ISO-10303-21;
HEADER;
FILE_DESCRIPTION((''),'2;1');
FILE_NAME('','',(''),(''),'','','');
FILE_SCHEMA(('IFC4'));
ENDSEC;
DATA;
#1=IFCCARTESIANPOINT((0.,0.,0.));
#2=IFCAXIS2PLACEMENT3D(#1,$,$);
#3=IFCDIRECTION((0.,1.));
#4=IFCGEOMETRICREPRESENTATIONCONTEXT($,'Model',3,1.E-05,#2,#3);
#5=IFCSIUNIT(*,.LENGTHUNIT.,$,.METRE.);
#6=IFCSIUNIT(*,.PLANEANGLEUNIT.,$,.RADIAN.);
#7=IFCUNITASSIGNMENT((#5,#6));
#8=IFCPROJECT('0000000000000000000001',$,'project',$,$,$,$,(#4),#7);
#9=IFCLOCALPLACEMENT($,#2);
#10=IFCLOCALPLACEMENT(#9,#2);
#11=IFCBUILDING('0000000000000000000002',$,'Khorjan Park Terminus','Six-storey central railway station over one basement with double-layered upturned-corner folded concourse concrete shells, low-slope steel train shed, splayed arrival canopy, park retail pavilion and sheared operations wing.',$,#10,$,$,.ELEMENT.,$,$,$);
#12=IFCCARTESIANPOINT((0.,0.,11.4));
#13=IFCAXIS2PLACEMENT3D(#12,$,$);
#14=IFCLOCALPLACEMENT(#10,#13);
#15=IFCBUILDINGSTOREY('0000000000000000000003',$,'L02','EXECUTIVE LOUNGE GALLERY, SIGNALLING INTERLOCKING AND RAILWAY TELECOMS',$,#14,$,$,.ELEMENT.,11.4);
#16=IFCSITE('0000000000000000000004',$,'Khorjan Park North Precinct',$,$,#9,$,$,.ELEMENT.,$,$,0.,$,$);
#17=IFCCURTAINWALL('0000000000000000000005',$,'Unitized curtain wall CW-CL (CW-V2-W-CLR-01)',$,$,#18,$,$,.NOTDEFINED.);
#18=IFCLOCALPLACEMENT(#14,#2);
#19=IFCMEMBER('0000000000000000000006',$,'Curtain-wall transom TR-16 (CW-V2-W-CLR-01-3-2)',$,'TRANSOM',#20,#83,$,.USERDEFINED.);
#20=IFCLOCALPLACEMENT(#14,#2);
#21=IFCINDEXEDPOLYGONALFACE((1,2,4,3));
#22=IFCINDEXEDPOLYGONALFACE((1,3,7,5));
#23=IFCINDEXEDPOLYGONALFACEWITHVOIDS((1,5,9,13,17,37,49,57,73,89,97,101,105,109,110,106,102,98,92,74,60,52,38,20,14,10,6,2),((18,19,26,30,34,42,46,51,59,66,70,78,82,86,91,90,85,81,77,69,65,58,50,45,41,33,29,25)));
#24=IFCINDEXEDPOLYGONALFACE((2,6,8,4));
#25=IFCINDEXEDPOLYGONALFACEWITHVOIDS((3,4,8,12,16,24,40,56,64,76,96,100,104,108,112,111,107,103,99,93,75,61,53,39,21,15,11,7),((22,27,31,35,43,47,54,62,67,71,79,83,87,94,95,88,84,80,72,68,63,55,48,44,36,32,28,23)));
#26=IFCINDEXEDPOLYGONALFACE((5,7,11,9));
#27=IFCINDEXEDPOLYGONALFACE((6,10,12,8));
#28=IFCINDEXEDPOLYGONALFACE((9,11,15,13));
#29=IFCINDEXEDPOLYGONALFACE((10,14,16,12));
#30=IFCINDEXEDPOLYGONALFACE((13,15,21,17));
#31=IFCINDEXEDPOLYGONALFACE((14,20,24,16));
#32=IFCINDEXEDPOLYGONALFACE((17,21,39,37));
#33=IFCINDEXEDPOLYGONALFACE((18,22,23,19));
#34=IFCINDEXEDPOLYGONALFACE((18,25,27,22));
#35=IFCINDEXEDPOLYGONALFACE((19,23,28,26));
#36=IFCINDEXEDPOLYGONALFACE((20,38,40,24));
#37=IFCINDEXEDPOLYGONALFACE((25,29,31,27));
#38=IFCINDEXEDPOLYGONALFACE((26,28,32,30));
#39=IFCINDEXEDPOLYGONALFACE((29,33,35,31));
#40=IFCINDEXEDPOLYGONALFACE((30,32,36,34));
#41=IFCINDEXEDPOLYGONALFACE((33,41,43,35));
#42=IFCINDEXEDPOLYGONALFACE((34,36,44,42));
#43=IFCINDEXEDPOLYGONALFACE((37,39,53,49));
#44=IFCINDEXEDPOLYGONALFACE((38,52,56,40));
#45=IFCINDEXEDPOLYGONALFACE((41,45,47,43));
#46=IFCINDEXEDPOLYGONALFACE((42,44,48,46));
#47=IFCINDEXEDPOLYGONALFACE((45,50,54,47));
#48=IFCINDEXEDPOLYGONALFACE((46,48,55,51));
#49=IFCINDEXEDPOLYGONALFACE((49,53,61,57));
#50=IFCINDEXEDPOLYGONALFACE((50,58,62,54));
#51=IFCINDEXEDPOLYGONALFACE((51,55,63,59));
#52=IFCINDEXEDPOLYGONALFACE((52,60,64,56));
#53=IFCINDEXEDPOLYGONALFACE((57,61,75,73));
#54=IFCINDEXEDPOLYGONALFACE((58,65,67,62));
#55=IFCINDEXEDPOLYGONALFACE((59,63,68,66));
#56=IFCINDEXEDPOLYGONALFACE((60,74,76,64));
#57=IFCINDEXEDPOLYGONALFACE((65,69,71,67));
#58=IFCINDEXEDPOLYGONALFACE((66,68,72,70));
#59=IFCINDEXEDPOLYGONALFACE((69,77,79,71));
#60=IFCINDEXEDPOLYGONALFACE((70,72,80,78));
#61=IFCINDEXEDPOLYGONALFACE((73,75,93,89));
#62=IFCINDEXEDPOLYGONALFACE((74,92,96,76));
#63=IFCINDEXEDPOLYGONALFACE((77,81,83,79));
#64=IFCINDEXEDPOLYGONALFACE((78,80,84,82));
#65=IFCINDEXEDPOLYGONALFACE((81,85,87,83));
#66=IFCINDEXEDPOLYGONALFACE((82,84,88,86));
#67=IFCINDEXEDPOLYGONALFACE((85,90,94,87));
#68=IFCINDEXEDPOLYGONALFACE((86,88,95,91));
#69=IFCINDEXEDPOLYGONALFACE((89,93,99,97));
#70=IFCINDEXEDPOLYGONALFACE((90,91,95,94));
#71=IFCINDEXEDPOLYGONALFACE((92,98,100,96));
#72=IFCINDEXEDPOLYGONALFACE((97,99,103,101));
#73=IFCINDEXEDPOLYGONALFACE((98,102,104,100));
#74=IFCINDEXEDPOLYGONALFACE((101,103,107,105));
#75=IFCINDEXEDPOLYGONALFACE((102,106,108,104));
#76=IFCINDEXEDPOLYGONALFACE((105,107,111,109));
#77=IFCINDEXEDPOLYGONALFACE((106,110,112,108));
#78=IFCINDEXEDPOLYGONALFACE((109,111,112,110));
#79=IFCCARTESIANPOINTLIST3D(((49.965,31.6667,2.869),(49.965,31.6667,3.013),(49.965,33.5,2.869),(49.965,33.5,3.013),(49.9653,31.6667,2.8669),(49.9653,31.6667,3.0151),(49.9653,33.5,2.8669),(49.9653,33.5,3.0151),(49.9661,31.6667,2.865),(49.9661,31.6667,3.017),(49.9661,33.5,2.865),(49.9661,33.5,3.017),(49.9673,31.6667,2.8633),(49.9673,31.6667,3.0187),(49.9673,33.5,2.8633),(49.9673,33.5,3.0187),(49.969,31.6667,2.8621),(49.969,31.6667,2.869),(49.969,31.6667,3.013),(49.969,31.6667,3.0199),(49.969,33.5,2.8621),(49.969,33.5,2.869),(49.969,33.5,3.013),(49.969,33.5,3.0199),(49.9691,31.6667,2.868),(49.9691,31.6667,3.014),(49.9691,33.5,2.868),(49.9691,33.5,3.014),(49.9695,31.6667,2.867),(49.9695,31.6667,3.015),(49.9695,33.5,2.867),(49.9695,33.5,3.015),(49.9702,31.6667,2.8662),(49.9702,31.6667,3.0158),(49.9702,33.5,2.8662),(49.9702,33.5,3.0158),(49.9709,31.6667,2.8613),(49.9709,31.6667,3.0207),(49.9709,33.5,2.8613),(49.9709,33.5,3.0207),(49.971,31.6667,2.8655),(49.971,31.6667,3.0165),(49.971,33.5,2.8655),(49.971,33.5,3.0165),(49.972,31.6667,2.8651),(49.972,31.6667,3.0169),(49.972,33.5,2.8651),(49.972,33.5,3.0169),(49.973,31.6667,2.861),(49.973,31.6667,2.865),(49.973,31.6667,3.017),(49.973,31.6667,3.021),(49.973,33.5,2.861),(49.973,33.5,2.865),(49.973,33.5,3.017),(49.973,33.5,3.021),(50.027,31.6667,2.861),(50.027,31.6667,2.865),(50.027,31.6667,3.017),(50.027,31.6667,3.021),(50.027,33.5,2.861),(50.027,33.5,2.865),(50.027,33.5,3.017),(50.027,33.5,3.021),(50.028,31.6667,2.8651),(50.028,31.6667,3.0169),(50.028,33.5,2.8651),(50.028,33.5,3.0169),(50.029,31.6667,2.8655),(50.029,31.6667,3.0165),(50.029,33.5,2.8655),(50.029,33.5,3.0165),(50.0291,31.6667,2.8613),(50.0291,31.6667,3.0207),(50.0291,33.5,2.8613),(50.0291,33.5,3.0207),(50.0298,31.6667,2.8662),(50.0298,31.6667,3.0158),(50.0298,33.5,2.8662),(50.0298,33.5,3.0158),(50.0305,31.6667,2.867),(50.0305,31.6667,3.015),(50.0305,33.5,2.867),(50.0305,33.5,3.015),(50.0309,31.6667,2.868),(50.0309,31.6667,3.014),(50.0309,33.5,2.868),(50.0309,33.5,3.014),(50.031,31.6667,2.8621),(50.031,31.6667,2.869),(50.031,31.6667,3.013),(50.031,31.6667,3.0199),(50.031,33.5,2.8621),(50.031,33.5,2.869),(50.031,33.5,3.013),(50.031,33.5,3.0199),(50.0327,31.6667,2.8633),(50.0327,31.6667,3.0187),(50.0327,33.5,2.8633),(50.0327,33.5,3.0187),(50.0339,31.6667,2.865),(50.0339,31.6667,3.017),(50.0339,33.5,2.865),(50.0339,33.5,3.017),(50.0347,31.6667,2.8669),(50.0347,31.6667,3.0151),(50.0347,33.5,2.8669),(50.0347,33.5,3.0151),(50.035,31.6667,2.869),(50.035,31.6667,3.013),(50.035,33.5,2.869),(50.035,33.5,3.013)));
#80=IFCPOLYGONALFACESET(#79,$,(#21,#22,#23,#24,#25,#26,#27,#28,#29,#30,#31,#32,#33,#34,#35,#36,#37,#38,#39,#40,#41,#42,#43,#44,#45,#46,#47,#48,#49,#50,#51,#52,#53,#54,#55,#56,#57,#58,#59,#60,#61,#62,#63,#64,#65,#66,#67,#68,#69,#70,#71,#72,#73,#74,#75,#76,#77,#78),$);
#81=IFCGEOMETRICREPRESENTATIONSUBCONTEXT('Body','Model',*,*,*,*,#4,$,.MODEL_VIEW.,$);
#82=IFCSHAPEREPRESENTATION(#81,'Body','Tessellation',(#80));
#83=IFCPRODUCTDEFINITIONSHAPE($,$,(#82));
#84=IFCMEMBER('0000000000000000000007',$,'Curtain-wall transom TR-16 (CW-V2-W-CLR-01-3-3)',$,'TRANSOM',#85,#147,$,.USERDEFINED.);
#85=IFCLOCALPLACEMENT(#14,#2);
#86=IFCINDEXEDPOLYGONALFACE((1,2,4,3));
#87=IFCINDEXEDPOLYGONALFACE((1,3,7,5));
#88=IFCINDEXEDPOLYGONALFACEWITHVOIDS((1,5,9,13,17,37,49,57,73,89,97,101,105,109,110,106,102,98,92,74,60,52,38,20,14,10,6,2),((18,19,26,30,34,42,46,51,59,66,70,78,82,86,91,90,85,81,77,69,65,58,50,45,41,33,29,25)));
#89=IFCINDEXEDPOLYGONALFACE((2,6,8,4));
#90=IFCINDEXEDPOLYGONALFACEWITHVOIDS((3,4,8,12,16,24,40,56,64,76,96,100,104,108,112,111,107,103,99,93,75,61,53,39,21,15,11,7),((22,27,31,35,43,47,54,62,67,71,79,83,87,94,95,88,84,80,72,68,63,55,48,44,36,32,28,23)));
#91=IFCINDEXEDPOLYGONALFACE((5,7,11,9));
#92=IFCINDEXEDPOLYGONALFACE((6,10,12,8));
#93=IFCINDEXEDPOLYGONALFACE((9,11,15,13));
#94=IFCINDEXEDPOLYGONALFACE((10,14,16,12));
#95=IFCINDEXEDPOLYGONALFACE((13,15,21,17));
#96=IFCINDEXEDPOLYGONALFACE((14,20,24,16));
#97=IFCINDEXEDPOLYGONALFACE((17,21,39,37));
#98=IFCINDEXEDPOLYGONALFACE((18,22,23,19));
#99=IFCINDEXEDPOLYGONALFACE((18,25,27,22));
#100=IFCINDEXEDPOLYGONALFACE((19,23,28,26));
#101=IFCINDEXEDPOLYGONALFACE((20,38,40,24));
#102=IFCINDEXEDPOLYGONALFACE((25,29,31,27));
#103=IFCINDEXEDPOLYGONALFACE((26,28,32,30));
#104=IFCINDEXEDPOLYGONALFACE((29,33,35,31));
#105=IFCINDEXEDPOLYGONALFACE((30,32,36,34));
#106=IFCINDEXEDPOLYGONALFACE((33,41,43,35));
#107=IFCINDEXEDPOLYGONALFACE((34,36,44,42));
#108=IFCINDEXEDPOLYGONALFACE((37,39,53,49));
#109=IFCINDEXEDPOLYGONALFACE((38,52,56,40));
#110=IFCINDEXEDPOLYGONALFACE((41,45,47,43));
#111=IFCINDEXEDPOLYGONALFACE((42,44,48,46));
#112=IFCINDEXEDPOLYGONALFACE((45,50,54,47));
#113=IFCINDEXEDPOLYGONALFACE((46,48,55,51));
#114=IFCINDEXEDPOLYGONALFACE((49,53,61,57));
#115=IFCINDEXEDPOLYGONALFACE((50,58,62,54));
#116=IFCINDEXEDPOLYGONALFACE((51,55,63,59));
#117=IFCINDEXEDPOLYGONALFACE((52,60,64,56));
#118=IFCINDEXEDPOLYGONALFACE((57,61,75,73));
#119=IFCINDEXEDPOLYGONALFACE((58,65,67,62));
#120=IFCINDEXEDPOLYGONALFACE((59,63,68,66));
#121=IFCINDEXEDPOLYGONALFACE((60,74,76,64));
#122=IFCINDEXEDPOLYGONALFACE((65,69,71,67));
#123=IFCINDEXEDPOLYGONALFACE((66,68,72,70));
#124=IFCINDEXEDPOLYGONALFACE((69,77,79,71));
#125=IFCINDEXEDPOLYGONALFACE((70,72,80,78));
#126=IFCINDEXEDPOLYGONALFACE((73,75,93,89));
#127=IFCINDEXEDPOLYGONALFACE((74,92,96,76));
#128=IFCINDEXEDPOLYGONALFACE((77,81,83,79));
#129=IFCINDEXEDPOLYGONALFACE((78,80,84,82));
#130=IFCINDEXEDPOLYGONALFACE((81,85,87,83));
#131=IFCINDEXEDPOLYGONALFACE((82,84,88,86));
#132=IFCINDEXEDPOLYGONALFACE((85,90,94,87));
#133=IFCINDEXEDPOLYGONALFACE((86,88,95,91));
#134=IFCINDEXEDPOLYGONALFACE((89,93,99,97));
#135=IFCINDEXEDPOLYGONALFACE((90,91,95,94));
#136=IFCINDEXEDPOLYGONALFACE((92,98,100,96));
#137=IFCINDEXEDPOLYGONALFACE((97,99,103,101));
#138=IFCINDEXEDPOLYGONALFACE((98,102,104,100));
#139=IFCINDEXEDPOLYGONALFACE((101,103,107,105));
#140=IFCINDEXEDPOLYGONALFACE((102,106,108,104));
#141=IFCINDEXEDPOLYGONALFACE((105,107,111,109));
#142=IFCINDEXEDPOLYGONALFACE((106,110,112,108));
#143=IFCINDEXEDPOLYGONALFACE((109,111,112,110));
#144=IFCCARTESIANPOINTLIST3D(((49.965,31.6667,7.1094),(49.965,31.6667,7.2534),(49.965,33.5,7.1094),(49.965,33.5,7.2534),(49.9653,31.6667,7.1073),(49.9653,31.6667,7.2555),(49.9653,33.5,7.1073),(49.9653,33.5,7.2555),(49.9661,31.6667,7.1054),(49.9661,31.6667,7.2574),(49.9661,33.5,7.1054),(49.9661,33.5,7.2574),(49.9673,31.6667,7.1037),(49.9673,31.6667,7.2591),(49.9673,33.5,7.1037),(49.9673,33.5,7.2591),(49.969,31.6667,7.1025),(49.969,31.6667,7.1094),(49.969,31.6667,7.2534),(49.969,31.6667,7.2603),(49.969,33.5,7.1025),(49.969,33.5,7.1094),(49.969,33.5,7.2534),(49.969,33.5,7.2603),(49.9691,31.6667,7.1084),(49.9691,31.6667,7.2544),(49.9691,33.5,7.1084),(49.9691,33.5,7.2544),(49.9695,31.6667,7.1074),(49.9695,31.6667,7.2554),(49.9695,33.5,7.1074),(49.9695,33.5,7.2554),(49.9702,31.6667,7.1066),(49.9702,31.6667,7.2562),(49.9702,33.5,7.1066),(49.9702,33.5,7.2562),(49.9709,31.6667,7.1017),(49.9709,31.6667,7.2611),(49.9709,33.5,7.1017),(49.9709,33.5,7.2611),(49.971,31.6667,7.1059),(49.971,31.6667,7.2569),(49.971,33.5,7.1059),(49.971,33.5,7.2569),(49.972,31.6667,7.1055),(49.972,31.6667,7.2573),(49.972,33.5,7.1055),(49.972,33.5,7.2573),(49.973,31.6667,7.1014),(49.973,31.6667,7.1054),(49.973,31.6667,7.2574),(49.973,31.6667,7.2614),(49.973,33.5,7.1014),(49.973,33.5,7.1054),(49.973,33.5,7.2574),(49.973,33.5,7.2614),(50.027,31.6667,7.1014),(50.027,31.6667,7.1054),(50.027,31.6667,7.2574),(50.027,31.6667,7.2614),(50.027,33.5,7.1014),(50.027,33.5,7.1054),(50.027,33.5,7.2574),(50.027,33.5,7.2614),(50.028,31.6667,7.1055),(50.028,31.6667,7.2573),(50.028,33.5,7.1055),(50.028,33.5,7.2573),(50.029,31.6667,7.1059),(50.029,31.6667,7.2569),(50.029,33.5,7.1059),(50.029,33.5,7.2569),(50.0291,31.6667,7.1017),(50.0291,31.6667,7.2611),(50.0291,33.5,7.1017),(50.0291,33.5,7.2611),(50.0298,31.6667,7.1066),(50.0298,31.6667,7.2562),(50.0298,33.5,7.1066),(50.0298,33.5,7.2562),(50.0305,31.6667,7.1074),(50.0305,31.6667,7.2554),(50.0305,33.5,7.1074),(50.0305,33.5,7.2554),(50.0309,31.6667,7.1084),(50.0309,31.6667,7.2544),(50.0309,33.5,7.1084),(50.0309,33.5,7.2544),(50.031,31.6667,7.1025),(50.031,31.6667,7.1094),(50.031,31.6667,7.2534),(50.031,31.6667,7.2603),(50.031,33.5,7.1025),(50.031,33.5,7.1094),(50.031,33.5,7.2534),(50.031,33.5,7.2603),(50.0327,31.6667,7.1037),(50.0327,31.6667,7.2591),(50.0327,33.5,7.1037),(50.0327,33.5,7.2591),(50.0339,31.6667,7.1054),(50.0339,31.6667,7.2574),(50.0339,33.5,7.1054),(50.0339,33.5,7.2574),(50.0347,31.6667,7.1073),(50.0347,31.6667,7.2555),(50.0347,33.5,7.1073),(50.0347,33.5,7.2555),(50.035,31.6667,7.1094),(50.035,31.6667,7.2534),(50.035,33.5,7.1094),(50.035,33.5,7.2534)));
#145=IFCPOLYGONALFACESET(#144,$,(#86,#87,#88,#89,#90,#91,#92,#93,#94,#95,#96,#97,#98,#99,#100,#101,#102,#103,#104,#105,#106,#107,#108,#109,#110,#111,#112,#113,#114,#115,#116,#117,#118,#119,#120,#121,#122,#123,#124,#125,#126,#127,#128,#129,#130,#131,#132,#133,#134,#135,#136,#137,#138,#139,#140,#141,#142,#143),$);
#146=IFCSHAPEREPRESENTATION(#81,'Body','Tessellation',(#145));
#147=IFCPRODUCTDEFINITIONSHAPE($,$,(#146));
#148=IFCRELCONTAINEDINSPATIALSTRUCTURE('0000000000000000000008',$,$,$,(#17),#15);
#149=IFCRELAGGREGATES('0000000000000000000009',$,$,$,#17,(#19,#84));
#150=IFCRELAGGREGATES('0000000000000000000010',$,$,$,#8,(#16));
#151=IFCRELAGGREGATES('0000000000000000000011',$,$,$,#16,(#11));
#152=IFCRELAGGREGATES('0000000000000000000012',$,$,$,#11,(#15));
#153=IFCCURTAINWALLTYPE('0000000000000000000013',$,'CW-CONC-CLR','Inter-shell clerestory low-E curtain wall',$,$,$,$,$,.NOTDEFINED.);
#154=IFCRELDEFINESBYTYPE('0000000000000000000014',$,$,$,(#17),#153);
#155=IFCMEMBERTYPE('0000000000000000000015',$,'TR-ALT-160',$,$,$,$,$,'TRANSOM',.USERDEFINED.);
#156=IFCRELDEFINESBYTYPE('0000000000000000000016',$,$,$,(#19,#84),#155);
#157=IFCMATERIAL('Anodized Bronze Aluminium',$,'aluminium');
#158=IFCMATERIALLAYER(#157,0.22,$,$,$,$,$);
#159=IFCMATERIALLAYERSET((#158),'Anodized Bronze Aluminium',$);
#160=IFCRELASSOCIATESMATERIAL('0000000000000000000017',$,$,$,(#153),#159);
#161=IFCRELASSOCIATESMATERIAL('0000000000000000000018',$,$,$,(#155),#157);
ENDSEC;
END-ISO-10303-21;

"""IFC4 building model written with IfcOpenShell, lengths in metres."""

from ifc_helpers import new_model, si_unit, direction, frame, origin, origin_2d, place, context, subcontext, project, spatial, hollow_rectangle, extrude, material, layer, layer_set, material_profile, profile_set, type_object, element, aggregate, save


model = new_model("IFC4")

# Units and contexts
model_context = context("Model", 3, precision=1e-05, world=origin(), true_north=direction((0.0, 1.0)))
body_context = subcontext(model_context, "Body", "Model", "MODEL_VIEW")
ifc_project = project(units=[si_unit("LENGTHUNIT", "METRE"), si_unit("PLANEANGLEUNIT", "RADIAN")], contexts=[model_context])

# Site, building, storey
site_placement = place(None, origin())
site = spatial("IfcSite", under=ifc_project, at=site_placement, Name="Khorjan Park North Precinct", CompositionType="ELEMENT", RefElevation=0.0)
building_placement = place(site_placement, origin())
building = spatial("IfcBuilding", under=site, at=building_placement, Name="Khorjan Park Terminus", Description="Six-storey central railway station over one basement with double-layered upturned-corner folded concourse concrete shells, low-slope steel train shed, splayed arrival canopy, park retail pavilion and sheared operations wing.", CompositionType="ELEMENT")
storey_placement = place(building_placement, frame((0.0, 0.0, 11.4)))
storey = spatial("IfcBuildingStorey", under=building, at=storey_placement, Name="L02", Description="EXECUTIVE LOUNGE GALLERY, SIGNALLING INTERLOCKING AND RAILWAY TELECOMS", CompositionType="ELEMENT", Elevation=11.4)

# Curtain wall
ifc_material_1 = material(Name="Anodized Bronze Aluminium", Category="aluminium")
ifc_layer_1 = layer(ifc_material_1, 0.22)
ifc_layer_set_1 = layer_set([ifc_layer_1], Name="Anodized Bronze Aluminium")
curtain_wall_type = type_object("IfcCurtainWallType", Name="CW-CONC-CLR", Description="Inter-shell clerestory low-E curtain wall", PredefinedType="NOTDEFINED", material=ifc_layer_set_1)
curtain_wall_placement = place(storey_placement, origin())
curtain_wall = element("IfcCurtainWall", 1, at=curtain_wall_placement, inside=storey, type_object=curtain_wall_type, Name="Unitized curtain wall CW-CL (CW-V2-W-CLR-01)", PredefinedType="NOTDEFINED")

# Members
ifc_material_profile_1 = material_profile(ifc_material_1, hollow_rectangle(XDim=0.07, YDim=0.16, WallThickness=0.004, InnerFilletRadius=0.004, OuterFilletRadius=0.008, at=origin_2d()), Name="ALT 70x160x4")
ifc_profile_set_1 = profile_set([ifc_material_profile_1], Name="Anodized Bronze Aluminium")
member_type_1 = type_object("IfcMemberType", Name="TR-ALT-160", ElementType="TRANSOM", PredefinedType="USERDEFINED", material=ifc_profile_set_1)
member_1_placement = place(storey_placement, frame((50.0, 33.5, 2.941), z_axis=(0.0, -1.0, 0.0), x_axis=(1.0, 0.0, 0.0)))
member_1 = element("IfcMember", 2, at=member_1_placement, type_object=member_type_1, Name="Curtain-wall transom TR-16 (CW-V2-W-CLR-01-3-2)", ObjectType="TRANSOM", PredefinedType="USERDEFINED", context=body_context, shape_type="SweptSolid", body=[
    extrude(hollow_rectangle(XDim=0.07, YDim=0.16, WallThickness=0.004, InnerFilletRadius=0.004, OuterFilletRadius=0.008, at=origin_2d()), origin(), (0.0, 0.0, 1.0), 1.8333),
])
member_2_placement = place(storey_placement, frame((50.0, 33.5, 7.1814), z_axis=(0.0, -1.0, 0.0), x_axis=(1.0, 0.0, 0.0)))
member_2 = element("IfcMember", 3, at=member_2_placement, type_object=member_type_1, Name="Curtain-wall transom TR-16 (CW-V2-W-CLR-01-3-3)", ObjectType="TRANSOM", PredefinedType="USERDEFINED", context=body_context, shape_type="SweptSolid", body=[
    extrude(hollow_rectangle(XDim=0.07, YDim=0.16, WallThickness=0.004, InnerFilletRadius=0.004, OuterFilletRadius=0.008, at=origin_2d()), origin(), (0.0, 0.0, 1.0), 1.8333),
])

aggregate(curtain_wall, [member_1, member_2])

save(model, "model.ifc")
